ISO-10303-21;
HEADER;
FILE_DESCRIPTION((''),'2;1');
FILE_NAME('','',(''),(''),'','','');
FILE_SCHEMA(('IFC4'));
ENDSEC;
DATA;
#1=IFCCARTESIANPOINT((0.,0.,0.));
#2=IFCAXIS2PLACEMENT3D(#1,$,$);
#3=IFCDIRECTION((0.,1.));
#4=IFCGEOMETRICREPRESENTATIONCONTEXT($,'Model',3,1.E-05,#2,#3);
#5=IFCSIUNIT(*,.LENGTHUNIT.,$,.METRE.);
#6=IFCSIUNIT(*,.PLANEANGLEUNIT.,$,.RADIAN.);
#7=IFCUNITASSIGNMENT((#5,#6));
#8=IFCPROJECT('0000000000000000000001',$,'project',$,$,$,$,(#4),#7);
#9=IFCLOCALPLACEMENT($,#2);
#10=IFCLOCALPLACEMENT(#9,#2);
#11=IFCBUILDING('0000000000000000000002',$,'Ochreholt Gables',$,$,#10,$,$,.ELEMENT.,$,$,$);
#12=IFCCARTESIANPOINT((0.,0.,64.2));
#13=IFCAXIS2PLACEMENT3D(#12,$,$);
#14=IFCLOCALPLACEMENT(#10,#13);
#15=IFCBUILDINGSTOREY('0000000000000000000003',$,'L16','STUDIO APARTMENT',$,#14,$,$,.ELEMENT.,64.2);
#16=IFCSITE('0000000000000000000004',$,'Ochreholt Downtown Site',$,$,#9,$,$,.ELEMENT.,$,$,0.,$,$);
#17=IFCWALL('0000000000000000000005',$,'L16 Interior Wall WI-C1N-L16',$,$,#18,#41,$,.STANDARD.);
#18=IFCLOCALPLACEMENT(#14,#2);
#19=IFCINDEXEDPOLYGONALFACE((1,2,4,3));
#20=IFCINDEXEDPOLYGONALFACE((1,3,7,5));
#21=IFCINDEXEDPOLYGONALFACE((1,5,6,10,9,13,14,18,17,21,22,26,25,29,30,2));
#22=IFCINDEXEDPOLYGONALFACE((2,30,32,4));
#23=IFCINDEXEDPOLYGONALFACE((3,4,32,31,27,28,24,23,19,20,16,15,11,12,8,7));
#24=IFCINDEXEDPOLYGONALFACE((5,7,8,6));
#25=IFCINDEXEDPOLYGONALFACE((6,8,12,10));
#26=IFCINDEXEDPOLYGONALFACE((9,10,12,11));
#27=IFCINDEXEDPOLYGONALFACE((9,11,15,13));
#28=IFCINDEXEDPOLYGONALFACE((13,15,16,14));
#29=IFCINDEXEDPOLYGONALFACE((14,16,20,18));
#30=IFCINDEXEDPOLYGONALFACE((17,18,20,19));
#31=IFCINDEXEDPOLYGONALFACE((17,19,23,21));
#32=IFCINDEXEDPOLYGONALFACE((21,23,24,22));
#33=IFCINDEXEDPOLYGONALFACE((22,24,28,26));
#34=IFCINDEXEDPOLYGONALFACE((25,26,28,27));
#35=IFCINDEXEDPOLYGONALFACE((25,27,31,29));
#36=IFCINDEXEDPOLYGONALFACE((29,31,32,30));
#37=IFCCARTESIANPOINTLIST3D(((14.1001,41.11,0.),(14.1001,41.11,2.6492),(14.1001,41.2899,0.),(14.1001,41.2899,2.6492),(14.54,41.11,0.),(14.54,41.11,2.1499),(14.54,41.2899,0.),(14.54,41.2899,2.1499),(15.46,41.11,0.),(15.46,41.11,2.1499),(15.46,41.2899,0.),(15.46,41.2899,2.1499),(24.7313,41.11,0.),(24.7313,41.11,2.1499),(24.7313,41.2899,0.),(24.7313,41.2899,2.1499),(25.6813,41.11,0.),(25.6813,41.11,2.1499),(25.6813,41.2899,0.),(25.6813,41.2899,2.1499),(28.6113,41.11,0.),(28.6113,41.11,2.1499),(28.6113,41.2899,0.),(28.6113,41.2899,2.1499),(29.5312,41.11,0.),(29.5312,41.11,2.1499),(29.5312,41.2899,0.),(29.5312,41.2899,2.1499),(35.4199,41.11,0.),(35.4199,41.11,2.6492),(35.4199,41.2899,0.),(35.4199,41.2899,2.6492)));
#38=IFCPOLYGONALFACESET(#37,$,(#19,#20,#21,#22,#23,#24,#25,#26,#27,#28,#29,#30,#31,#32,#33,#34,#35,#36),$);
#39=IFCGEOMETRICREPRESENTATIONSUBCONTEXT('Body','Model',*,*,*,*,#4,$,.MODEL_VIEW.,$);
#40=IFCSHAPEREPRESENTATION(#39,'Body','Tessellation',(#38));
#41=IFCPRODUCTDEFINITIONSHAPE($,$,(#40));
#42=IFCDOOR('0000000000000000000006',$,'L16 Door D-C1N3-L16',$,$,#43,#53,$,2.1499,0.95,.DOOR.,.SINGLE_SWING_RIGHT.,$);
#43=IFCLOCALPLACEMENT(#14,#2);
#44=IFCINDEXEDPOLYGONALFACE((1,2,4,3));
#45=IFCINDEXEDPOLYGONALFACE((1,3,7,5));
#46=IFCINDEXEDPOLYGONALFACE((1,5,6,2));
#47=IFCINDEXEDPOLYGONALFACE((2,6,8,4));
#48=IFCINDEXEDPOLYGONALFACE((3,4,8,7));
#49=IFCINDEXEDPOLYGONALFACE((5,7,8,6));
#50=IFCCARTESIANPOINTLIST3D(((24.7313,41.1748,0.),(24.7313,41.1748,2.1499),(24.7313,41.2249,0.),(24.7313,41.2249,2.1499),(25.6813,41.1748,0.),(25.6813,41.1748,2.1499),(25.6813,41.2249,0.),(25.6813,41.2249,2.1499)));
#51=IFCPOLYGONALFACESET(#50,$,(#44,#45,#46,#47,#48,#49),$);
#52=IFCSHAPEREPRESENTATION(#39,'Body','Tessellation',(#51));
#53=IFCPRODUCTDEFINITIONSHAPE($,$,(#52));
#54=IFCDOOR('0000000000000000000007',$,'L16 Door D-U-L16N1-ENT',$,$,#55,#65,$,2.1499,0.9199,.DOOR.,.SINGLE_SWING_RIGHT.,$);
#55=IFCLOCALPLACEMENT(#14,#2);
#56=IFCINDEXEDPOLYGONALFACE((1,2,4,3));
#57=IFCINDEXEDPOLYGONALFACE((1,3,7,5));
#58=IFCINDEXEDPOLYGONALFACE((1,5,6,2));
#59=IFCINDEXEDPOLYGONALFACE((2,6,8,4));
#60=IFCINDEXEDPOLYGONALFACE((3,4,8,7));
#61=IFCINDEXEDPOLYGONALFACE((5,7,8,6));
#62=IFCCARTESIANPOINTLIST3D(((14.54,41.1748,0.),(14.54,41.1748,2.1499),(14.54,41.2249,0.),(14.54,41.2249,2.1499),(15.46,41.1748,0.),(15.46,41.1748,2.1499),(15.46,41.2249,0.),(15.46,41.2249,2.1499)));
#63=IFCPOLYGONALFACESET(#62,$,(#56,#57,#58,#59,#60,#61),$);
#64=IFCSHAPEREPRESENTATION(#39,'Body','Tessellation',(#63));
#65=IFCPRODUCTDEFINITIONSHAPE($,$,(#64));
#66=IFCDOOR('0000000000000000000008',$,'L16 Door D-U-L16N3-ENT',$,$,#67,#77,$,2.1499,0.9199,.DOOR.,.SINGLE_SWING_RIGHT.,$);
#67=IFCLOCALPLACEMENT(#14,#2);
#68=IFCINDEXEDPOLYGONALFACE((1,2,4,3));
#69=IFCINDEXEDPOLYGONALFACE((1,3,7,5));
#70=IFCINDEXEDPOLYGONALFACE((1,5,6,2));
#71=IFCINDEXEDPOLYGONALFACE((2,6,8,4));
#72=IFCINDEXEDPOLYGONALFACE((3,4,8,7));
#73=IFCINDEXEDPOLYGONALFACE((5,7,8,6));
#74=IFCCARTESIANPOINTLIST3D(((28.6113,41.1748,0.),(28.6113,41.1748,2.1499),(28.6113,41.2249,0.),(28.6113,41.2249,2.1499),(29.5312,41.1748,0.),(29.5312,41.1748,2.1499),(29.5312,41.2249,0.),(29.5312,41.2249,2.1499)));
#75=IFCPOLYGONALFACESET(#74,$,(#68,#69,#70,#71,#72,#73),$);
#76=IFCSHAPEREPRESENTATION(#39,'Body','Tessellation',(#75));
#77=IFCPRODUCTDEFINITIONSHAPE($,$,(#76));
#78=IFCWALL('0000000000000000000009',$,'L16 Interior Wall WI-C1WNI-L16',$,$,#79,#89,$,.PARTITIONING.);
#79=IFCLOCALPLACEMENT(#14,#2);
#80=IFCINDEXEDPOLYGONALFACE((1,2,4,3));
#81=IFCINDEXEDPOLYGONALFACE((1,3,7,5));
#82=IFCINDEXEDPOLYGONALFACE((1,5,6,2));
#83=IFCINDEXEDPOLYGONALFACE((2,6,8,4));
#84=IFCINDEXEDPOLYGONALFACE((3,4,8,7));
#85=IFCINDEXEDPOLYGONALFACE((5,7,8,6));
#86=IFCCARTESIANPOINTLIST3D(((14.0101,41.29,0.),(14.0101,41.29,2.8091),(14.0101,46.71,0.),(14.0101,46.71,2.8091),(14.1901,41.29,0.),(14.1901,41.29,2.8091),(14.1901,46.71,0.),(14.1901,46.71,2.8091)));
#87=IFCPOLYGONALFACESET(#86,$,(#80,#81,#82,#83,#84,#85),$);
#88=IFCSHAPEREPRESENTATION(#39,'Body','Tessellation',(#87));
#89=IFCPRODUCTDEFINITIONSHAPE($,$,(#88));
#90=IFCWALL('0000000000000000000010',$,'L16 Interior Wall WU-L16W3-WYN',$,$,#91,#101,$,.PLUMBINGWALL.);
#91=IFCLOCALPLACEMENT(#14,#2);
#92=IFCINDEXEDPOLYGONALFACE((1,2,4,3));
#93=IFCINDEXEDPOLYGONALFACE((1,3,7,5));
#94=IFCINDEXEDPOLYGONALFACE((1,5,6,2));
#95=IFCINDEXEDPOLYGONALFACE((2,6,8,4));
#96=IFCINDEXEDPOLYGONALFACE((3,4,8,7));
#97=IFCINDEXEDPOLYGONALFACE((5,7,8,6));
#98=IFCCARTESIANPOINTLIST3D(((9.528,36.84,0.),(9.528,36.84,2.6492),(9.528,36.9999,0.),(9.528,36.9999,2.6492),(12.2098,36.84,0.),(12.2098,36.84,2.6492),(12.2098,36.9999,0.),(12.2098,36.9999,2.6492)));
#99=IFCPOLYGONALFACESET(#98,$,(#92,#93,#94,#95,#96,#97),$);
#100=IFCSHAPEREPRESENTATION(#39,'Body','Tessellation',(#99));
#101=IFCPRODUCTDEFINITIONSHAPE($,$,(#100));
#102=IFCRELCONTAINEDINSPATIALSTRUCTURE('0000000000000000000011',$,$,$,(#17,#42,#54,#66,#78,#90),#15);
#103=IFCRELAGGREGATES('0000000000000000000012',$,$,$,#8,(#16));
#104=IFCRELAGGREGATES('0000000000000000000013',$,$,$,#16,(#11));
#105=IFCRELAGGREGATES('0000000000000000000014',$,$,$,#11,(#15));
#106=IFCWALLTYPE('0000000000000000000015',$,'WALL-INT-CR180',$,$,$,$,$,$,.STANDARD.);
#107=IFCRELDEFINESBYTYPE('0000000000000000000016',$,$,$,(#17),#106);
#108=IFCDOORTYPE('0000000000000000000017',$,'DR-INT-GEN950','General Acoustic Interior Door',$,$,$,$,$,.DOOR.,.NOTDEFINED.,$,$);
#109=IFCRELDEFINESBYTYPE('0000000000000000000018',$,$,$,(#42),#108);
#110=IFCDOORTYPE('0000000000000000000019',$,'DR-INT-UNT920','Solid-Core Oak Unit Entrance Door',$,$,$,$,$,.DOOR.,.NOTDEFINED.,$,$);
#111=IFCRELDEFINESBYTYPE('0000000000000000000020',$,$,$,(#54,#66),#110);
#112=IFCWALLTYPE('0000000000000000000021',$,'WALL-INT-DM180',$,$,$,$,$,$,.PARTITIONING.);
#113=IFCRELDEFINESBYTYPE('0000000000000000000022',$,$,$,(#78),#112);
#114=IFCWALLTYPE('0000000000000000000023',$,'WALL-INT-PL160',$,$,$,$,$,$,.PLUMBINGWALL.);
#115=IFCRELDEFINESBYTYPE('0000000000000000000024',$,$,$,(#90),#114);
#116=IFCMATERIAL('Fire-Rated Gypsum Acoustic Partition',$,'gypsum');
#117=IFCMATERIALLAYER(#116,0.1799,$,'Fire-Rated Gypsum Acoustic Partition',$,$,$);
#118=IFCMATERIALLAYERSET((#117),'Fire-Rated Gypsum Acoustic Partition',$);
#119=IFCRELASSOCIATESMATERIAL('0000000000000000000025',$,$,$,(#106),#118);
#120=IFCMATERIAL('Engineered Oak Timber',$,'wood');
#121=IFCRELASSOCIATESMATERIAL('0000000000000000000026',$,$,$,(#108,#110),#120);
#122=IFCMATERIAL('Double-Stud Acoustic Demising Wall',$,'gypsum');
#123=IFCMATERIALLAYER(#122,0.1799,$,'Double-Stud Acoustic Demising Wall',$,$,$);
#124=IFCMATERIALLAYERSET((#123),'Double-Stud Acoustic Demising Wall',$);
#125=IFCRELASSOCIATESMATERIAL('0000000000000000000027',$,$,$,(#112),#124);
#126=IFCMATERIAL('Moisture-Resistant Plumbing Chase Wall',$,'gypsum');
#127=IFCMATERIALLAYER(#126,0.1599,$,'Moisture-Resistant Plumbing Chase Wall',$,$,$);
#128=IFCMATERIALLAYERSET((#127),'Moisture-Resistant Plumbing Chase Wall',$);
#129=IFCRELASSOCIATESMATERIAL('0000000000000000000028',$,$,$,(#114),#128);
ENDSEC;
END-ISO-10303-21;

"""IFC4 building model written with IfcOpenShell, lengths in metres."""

from ifc_helpers import new_model, si_unit, direction, frame, frame_2d, origin, place, context, subcontext, project, spatial, rectangle, extrude, material, layer, layer_set, type_object, element, fill, save


model = new_model("IFC4")

# Units and contexts
model_context = context("Model", 3, precision=1e-05, world=origin(), true_north=direction((0.0, 1.0)))
body_context = subcontext(model_context, "Body", "Model", "MODEL_VIEW")
ifc_project = project(units=[si_unit("LENGTHUNIT", "METRE"), si_unit("PLANEANGLEUNIT", "RADIAN")], contexts=[model_context])

# Site, building, storey
site_placement = place(None, origin())
site = spatial("IfcSite", under=ifc_project, at=site_placement, Name="Ochreholt Downtown Site", CompositionType="ELEMENT", RefElevation=0.0)
building_placement = place(site_placement, origin())
building = spatial("IfcBuilding", under=site, at=building_placement, Name="Ochreholt Gables", CompositionType="ELEMENT")
storey_placement = place(building_placement, frame((0.0, 0.0, 64.2)))
storey = spatial("IfcBuildingStorey", under=building, at=storey_placement, Name="L16", Description="STUDIO APARTMENT", CompositionType="ELEMENT", Elevation=64.2)

# Wall, openings, doors
ifc_material_1 = material(Name="Fire-Rated Gypsum Acoustic Partition", Category="gypsum")
ifc_layer_1 = layer(ifc_material_1, 0.1799, Name="Fire-Rated Gypsum Acoustic Partition")
ifc_layer_set_1 = layer_set([ifc_layer_1], Name="Fire-Rated Gypsum Acoustic Partition")
wall_type_1 = type_object("IfcWallType", Name="WALL-INT-CR180", PredefinedType="STANDARD", material=ifc_layer_set_1)
wall_1_placement = place(storey_placement, frame((14.1001, 41.2, 0.0), z_axis=(0.0, 0.0, 1.0), x_axis=(1.0, 0.0, 0.0)))
wall_1 = element("IfcWall", 1, at=wall_1_placement, inside=storey, type_object=wall_type_1, Name="L16 Interior Wall WI-C1N-L16", PredefinedType="STANDARD", context=body_context, shape_type="SweptSolid", body=[
    extrude(rectangle(XDim=21.3198, YDim=0.1799, at=frame_2d((10.6599, 0.0))), origin(), (0.0, 0.0, 1.0), 2.6492),
])
opening_1_placement = place(wall_1_placement, frame((0.4399, 0.0, 0.0)))
opening_1 = element("IfcOpeningElement", 2, at=opening_1_placement, cuts=wall_1, PredefinedType="OPENING", context=body_context, shape_type="SweptSolid", body=[
    extrude(rectangle(XDim=0.9199, YDim=2.1499, at=frame_2d((0.46, 1.075))), frame((0.0, 0.0999, 0.0), z_axis=(0.0, -1.0, 0.0), x_axis=(1.0, 0.0, 0.0)), (0.0, 0.0, 1.0), 0.2),
])
opening_2_placement = place(wall_1_placement, frame((10.6311, 0.0, 0.0)))
opening_2 = element("IfcOpeningElement", 3, at=opening_2_placement, cuts=wall_1, PredefinedType="OPENING", context=body_context, shape_type="SweptSolid", body=[
    extrude(rectangle(XDim=0.95, YDim=2.1499, at=frame_2d((0.4751, 1.075))), frame((0.0, 0.0999, 0.0), z_axis=(0.0, -1.0, 0.0), x_axis=(1.0, 0.0, 0.0)), (0.0, 0.0, 1.0), 0.2),
])
opening_3_placement = place(wall_1_placement, frame((14.5112, 0.0, 0.0)))
opening_3 = element("IfcOpeningElement", 4, at=opening_3_placement, cuts=wall_1, PredefinedType="OPENING", context=body_context, shape_type="SweptSolid", body=[
    extrude(rectangle(XDim=0.9199, YDim=2.1499, at=frame_2d((0.46, 1.075))), frame((0.0, 0.0999, 0.0), z_axis=(0.0, -1.0, 0.0), x_axis=(1.0, 0.0, 0.0)), (0.0, 0.0, 1.0), 0.2),
])
ifc_material_2 = material(Name="Engineered Oak Timber", Category="wood")
door_type_1 = type_object("IfcDoorType", Name="DR-INT-GEN950", Description="General Acoustic Interior Door", OperationType="NOTDEFINED", PredefinedType="DOOR", material=ifc_material_2)
door_1_placement = place(opening_2_placement, origin())
door_1 = element("IfcDoor", 5, at=door_1_placement, inside=storey, type_object=door_type_1, Name="L16 Door D-C1N3-L16", OperationType="SINGLE_SWING_RIGHT", OverallHeight=2.1499, OverallWidth=0.95, PredefinedType="DOOR", context=body_context, shape_type="SweptSolid", body=[
    extrude(rectangle(XDim=0.95, YDim=2.1499, at=frame_2d((0.4751, 1.075))), frame((0.0, 0.0249, 0.0), z_axis=(0.0, -1.0, 0.0), x_axis=(1.0, 0.0, 0.0)), (0.0, 0.0, 1.0), 0.05),
])
fill(opening_2, door_1)
door_type_2 = type_object("IfcDoorType", Name="DR-INT-UNT920", Description="Solid-Core Oak Unit Entrance Door", OperationType="NOTDEFINED", PredefinedType="DOOR", material=ifc_material_2)
door_2_placement = place(opening_1_placement, origin())
door_2 = element("IfcDoor", 6, at=door_2_placement, inside=storey, type_object=door_type_2, Name="L16 Door D-U-L16N1-ENT", OperationType="SINGLE_SWING_RIGHT", OverallHeight=2.1499, OverallWidth=0.9199, PredefinedType="DOOR", context=body_context, shape_type="SweptSolid", body=[
    extrude(rectangle(XDim=0.9199, YDim=2.1499, at=frame_2d((0.46, 1.075))), frame((0.0, 0.0249, 0.0), z_axis=(0.0, -1.0, 0.0), x_axis=(1.0, 0.0, 0.0)), (0.0, 0.0, 1.0), 0.05),
])
fill(opening_1, door_2)
door_3_placement = place(opening_3_placement, origin())
door_3 = element("IfcDoor", 7, at=door_3_placement, inside=storey, type_object=door_type_2, Name="L16 Door D-U-L16N3-ENT", OperationType="SINGLE_SWING_RIGHT", OverallHeight=2.1499, OverallWidth=0.9199, PredefinedType="DOOR", context=body_context, shape_type="SweptSolid", body=[
    extrude(rectangle(XDim=0.9199, YDim=2.1499, at=frame_2d((0.46, 1.075))), frame((0.0, 0.0249, 0.0), z_axis=(0.0, -1.0, 0.0), x_axis=(1.0, 0.0, 0.0)), (0.0, 0.0, 1.0), 0.05),
])
fill(opening_3, door_3)

# Walls
ifc_material_3 = material(Name="Double-Stud Acoustic Demising Wall", Category="gypsum")
ifc_layer_2 = layer(ifc_material_3, 0.1799, Name="Double-Stud Acoustic Demising Wall")
ifc_layer_set_2 = layer_set([ifc_layer_2], Name="Double-Stud Acoustic Demising Wall")
wall_type_2 = type_object("IfcWallType", Name="WALL-INT-DM180", PredefinedType="PARTITIONING", material=ifc_layer_set_2)
wall_2_placement = place(storey_placement, frame((14.1001, 41.29, 0.0), z_axis=(0.0, 0.0, 1.0), x_axis=(0.0, 1.0, 0.0)))
element("IfcWall", 8, at=wall_2_placement, inside=storey, type_object=wall_type_2, Name="L16 Interior Wall WI-C1WNI-L16", PredefinedType="PARTITIONING", context=body_context, shape_type="SweptSolid", body=[
    extrude(rectangle(XDim=5.4199, YDim=0.1799, at=frame_2d((2.71, 0.0))), origin(), (0.0, 0.0, 1.0), 2.8091),
])
ifc_material_4 = material(Name="Moisture-Resistant Plumbing Chase Wall", Category="gypsum")
ifc_layer_3 = layer(ifc_material_4, 0.1599, Name="Moisture-Resistant Plumbing Chase Wall")
ifc_layer_set_3 = layer_set([ifc_layer_3], Name="Moisture-Resistant Plumbing Chase Wall")
wall_type_3 = type_object("IfcWallType", Name="WALL-INT-PL160", PredefinedType="PLUMBINGWALL", material=ifc_layer_set_3)
wall_3_placement = place(storey_placement, frame((9.5281, 36.9199, 0.0), z_axis=(0.0, 0.0, 1.0), x_axis=(1.0, 0.0, 0.0)))
element("IfcWall", 9, at=wall_3_placement, inside=storey, type_object=wall_type_3, Name="L16 Interior Wall WU-L16W3-WYN", PredefinedType="PLUMBINGWALL", context=body_context, shape_type="SweptSolid", body=[
    extrude(rectangle(XDim=2.6819, YDim=0.1599, at=frame_2d((1.3408, 0.0))), origin(), (0.0, 0.0, 1.0), 2.6492),
])

save(model, "model.ifc")
